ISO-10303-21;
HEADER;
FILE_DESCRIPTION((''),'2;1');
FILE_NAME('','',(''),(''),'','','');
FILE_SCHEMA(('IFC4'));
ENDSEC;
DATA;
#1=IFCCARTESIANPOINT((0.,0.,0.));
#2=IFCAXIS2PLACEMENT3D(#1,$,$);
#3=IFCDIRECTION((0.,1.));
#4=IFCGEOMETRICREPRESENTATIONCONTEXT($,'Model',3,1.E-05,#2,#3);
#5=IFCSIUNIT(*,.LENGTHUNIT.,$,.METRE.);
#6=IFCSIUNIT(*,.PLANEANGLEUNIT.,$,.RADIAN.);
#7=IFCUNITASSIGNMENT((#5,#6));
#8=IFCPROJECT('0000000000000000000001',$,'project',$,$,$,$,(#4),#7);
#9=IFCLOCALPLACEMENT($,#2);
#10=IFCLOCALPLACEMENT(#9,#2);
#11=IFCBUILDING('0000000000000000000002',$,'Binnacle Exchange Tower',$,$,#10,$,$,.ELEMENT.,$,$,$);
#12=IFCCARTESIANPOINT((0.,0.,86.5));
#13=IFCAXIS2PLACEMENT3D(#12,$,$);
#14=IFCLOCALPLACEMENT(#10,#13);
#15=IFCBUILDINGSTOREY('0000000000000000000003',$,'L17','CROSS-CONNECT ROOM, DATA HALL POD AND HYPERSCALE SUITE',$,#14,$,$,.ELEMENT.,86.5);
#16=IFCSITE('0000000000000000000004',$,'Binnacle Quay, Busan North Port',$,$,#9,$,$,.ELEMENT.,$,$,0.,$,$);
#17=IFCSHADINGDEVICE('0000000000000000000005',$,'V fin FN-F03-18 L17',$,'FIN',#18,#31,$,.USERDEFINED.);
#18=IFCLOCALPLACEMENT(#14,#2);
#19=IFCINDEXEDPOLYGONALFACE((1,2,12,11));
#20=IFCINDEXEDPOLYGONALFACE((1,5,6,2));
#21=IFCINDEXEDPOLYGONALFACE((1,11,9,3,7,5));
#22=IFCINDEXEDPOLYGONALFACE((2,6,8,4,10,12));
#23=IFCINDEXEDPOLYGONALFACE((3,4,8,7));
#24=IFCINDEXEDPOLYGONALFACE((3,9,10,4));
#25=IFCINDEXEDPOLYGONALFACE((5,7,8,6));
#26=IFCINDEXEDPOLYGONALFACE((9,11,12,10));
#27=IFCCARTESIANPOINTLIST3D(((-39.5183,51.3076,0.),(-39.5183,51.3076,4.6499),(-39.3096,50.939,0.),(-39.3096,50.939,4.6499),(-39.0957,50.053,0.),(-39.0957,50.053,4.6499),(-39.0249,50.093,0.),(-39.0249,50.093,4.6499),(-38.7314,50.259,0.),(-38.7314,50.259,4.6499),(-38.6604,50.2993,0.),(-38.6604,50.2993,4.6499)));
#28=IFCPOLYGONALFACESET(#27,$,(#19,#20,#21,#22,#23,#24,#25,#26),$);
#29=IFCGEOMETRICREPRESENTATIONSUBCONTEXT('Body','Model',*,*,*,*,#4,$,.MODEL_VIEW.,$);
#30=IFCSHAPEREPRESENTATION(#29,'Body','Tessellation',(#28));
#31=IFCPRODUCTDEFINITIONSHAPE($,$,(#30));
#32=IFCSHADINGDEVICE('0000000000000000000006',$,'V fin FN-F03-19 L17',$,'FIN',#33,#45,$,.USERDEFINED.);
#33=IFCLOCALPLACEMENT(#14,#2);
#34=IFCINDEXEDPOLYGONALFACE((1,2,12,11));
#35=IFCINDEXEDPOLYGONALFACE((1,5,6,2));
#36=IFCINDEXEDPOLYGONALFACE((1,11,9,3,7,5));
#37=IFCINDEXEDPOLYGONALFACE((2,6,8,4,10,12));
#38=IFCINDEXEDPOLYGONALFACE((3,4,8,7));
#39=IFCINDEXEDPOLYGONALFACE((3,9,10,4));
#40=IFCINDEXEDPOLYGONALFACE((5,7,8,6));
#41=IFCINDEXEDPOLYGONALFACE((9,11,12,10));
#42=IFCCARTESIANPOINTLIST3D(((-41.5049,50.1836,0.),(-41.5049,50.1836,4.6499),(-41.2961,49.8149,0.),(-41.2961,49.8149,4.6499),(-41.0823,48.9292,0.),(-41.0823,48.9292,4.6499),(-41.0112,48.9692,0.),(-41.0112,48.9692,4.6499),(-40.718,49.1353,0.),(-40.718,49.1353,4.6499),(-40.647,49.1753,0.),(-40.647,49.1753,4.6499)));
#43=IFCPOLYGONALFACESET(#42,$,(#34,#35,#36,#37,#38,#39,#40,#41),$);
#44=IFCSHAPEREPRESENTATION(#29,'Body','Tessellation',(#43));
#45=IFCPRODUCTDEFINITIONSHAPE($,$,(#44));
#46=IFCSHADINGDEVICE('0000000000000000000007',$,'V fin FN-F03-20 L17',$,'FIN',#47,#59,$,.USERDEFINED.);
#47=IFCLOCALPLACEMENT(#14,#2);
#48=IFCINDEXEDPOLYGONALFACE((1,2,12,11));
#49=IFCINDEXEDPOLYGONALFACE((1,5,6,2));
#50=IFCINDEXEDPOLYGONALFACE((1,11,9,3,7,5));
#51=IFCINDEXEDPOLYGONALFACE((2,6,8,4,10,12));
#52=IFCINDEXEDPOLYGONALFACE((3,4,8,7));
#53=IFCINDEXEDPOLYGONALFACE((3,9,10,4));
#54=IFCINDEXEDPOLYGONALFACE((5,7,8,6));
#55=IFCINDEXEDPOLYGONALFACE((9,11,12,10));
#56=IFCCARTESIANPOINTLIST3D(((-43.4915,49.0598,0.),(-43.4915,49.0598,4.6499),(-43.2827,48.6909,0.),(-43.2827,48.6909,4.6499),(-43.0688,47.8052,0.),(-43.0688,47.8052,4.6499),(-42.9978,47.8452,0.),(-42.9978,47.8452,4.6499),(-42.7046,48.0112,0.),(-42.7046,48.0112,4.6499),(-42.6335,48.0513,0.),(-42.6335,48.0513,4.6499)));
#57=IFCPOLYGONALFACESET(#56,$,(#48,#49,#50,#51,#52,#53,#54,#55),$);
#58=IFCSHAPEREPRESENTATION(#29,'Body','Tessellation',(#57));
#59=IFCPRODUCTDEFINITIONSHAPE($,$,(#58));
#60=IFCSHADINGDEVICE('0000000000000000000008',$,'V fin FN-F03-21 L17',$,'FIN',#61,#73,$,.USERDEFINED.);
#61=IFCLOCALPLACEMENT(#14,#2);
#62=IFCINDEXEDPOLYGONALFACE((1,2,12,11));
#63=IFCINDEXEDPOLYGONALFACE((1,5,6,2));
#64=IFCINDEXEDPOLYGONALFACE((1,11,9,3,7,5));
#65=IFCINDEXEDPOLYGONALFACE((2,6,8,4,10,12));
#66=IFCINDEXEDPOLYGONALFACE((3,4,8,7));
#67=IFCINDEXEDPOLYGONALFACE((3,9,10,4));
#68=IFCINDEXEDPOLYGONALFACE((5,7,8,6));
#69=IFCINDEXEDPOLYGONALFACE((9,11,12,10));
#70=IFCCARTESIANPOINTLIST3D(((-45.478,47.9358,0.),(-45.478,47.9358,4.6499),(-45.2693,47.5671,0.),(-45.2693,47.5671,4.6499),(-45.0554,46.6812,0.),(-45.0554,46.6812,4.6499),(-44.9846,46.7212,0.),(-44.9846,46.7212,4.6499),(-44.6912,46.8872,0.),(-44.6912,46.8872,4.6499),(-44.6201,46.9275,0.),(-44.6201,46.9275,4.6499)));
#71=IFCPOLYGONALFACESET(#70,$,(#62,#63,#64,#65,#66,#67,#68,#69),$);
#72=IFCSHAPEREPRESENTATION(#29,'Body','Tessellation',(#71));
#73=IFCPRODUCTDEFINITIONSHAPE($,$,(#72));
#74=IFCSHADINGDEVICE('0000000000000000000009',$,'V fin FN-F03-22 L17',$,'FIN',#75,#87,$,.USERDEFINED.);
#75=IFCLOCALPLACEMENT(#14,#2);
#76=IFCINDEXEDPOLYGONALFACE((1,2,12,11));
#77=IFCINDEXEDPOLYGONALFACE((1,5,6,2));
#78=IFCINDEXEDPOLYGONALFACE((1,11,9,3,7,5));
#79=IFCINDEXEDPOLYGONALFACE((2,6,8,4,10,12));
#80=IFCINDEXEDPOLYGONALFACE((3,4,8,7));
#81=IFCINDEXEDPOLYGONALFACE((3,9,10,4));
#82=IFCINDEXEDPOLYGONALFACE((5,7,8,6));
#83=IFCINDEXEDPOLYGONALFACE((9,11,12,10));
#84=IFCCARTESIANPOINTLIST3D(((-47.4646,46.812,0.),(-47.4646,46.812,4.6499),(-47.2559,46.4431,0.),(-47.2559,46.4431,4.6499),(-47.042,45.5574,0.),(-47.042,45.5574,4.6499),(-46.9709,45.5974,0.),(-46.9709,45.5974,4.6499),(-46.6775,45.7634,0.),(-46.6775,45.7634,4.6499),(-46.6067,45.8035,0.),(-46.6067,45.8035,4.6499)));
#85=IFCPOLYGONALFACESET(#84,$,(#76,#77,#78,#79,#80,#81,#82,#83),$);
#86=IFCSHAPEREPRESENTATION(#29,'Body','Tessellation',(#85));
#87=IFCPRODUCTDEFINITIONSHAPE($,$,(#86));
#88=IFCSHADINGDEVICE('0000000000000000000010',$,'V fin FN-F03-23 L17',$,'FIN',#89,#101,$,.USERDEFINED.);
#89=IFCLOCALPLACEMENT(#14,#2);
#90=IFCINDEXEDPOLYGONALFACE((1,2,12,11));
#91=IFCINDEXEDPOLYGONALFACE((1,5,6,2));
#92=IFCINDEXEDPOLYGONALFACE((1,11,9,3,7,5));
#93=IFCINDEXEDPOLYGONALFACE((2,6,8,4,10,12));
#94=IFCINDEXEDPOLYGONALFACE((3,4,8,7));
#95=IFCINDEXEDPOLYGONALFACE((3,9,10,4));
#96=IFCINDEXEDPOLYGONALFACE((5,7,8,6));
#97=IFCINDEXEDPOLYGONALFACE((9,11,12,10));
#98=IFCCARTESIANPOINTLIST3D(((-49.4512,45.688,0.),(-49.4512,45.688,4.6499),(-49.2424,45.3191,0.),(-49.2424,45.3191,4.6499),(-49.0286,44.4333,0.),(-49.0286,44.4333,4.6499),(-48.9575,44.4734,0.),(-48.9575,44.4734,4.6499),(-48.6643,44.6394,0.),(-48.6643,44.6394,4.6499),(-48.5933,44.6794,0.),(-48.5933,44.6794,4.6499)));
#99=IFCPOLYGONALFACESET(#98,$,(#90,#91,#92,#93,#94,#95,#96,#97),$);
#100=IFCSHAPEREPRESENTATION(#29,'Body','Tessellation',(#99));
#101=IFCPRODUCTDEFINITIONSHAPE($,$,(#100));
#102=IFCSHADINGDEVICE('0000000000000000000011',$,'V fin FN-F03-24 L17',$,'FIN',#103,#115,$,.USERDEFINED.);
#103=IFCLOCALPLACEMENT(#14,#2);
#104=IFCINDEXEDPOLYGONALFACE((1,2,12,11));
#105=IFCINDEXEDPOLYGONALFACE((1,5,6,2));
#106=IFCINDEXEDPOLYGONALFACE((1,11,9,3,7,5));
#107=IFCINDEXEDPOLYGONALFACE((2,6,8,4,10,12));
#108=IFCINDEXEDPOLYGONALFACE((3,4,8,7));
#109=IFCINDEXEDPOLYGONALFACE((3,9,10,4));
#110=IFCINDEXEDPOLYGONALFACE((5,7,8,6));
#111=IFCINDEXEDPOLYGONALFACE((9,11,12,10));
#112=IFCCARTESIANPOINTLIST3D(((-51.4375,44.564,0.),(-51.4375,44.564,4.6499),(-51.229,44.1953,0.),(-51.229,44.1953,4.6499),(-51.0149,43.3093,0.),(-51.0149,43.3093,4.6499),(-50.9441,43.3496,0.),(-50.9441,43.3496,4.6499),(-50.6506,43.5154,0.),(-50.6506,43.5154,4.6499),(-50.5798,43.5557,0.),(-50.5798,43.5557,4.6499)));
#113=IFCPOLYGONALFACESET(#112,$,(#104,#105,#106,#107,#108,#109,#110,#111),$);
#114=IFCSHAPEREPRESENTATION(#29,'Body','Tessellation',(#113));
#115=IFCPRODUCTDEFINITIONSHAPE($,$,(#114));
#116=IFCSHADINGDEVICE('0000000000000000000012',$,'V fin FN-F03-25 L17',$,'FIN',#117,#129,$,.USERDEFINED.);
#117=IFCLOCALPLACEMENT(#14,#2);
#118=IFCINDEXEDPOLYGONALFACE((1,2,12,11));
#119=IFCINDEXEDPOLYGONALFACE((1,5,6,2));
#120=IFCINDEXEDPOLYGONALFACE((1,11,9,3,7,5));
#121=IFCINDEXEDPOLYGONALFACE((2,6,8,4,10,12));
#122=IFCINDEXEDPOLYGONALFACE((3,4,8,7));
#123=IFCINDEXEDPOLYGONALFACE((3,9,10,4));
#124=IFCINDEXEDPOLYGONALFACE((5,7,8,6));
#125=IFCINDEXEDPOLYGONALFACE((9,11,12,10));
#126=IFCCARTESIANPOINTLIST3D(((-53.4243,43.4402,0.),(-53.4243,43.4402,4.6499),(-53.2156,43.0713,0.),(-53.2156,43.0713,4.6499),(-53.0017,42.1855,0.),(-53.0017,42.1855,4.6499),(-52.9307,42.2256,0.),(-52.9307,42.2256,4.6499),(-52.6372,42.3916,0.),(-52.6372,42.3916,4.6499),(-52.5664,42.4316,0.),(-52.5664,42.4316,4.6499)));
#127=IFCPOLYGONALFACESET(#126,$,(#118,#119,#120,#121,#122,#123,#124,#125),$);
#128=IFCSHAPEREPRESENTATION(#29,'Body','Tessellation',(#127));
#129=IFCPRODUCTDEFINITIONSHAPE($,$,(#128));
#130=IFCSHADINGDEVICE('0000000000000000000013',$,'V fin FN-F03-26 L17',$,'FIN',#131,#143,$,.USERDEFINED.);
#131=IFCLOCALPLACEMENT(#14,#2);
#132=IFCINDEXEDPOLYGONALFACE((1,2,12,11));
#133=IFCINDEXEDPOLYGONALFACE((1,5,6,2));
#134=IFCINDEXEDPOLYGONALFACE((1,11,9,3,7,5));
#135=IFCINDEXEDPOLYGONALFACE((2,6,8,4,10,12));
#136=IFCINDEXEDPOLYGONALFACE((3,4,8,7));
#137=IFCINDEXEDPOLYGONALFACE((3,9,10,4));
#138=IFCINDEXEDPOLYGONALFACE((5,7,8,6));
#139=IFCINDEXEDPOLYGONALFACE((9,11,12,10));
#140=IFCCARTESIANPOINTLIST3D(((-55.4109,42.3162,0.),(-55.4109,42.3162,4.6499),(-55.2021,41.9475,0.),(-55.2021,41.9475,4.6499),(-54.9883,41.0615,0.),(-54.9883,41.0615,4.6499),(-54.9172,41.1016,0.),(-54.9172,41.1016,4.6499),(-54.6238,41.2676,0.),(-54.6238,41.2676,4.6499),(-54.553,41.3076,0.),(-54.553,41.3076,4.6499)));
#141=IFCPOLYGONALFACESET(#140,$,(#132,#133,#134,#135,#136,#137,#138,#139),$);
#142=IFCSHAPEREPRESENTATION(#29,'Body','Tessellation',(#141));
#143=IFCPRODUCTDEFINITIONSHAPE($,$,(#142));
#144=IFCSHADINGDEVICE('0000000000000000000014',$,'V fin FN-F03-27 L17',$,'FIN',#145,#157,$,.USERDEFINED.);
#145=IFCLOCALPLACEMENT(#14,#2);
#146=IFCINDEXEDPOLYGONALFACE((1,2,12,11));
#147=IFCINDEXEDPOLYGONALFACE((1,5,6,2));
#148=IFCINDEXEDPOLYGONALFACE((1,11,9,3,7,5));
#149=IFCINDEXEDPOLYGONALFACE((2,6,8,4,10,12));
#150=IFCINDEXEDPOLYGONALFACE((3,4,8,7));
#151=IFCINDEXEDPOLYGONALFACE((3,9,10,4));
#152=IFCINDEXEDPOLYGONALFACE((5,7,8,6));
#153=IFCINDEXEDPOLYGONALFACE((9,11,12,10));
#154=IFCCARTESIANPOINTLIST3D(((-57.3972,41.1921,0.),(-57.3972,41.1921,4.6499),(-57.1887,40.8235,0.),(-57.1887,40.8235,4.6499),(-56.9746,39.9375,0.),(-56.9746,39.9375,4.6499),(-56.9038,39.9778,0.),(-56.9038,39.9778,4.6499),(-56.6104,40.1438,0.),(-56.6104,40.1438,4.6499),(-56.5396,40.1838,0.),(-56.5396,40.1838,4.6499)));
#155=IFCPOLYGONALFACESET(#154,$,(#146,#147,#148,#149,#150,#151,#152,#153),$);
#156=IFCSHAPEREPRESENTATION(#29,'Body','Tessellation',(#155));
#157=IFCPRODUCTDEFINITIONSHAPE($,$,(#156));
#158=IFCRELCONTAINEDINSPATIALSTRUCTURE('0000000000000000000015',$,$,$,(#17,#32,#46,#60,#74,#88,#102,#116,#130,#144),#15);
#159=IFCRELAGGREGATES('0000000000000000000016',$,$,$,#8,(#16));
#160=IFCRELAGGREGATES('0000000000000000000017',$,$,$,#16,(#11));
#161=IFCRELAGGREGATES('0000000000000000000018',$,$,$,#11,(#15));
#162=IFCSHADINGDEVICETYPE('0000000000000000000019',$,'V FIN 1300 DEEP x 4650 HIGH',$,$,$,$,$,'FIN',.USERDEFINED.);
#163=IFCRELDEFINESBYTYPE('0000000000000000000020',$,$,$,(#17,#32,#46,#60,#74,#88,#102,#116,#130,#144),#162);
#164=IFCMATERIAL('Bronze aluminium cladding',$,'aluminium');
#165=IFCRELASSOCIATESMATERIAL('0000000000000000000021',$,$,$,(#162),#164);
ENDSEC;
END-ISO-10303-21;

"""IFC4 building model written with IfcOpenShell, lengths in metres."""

from ifc_helpers import new_model, si_unit, direction, frame, origin, place, context, subcontext, project, spatial, polyline, outline, extrude, material, type_object, element, save


model = new_model("IFC4")

# Units and contexts
model_context = context("Model", 3, precision=1e-05, world=origin(), true_north=direction((0.0, 1.0)))
body_context = subcontext(model_context, "Body", "Model", "MODEL_VIEW")
ifc_project = project(units=[si_unit("LENGTHUNIT", "METRE"), si_unit("PLANEANGLEUNIT", "RADIAN")], contexts=[model_context])

# Site, building, storey
site_placement = place(None, origin())
site = spatial("IfcSite", under=ifc_project, at=site_placement, Name="Binnacle Quay, Busan North Port", CompositionType="ELEMENT", RefElevation=0.0)
building_placement = place(site_placement, origin())
building = spatial("IfcBuilding", under=site, at=building_placement, Name="Binnacle Exchange Tower", CompositionType="ELEMENT")
storey_placement = place(building_placement, frame((0.0, 0.0, 86.5)))
storey = spatial("IfcBuildingStorey", under=building, at=storey_placement, Name="L17", Description="CROSS-CONNECT ROOM, DATA HALL POD AND HYPERSCALE SUITE", CompositionType="ELEMENT", Elevation=86.5)

# Shading devices
ifc_material = material(Name="Bronze aluminium cladding", Category="aluminium")
shading_device_type = type_object("IfcShadingDeviceType", Name="V FIN 1300 DEEP x 4650 HIGH", ElementType="FIN", PredefinedType="USERDEFINED", material=ifc_material)
shading_device_1_placement = place(storey_placement, origin())
element("IfcShadingDevice", 1, at=shading_device_1_placement, inside=storey, type_object=shading_device_type, Name="V fin FN-F03-18 L17", ObjectType="FIN", PredefinedType="USERDEFINED", context=body_context, shape_type="SweptSolid", body=[
    extrude(outline(polyline([(-38.6604, 50.2993), (-39.5183, 51.3076), (-39.0957, 50.053), (-39.0249, 50.093), (-39.3096, 50.939), (-38.7314, 50.259), (-38.6604, 50.2993)])), origin(), (0.0, 0.0, 1.0), 4.6499),
])
shading_device_2_placement = place(storey_placement, origin())
element("IfcShadingDevice", 2, at=shading_device_2_placement, inside=storey, type_object=shading_device_type, Name="V fin FN-F03-19 L17", ObjectType="FIN", PredefinedType="USERDEFINED", context=body_context, shape_type="SweptSolid", body=[
    extrude(outline(polyline([(-40.647, 49.1753), (-41.5049, 50.1836), (-41.0823, 48.9292), (-41.0112, 48.9692), (-41.2961, 49.8149), (-40.718, 49.1353), (-40.647, 49.1753)])), origin(), (0.0, 0.0, 1.0), 4.6499),
])
shading_device_3_placement = place(storey_placement, origin())
element("IfcShadingDevice", 3, at=shading_device_3_placement, inside=storey, type_object=shading_device_type, Name="V fin FN-F03-20 L17", ObjectType="FIN", PredefinedType="USERDEFINED", context=body_context, shape_type="SweptSolid", body=[
    extrude(outline(polyline([(-42.6335, 48.0513), (-43.4915, 49.0598), (-43.0688, 47.8052), (-42.9978, 47.8452), (-43.2827, 48.6909), (-42.7046, 48.0112), (-42.6335, 48.0513)])), origin(), (0.0, 0.0, 1.0), 4.6499),
])
shading_device_4_placement = place(storey_placement, origin())
element("IfcShadingDevice", 4, at=shading_device_4_placement, inside=storey, type_object=shading_device_type, Name="V fin FN-F03-21 L17", ObjectType="FIN", PredefinedType="USERDEFINED", context=body_context, shape_type="SweptSolid", body=[
    extrude(outline(polyline([(-44.6201, 46.9275), (-45.478, 47.9358), (-45.0554, 46.6812), (-44.9846, 46.7212), (-45.2693, 47.5671), (-44.6912, 46.8872), (-44.6201, 46.9275)])), origin(), (0.0, 0.0, 1.0), 4.6499),
])
shading_device_5_placement = place(storey_placement, origin())
element("IfcShadingDevice", 5, at=shading_device_5_placement, inside=storey, type_object=shading_device_type, Name="V fin FN-F03-22 L17", ObjectType="FIN", PredefinedType="USERDEFINED", context=body_context, shape_type="SweptSolid", body=[
    extrude(outline(polyline([(-46.6067, 45.8035), (-47.4646, 46.812), (-47.042, 45.5574), (-46.9709, 45.5974), (-47.2559, 46.4431), (-46.6775, 45.7634), (-46.6067, 45.8035)])), origin(), (0.0, 0.0, 1.0), 4.6499),
])
shading_device_6_placement = place(storey_placement, origin())
element("IfcShadingDevice", 6, at=shading_device_6_placement, inside=storey, type_object=shading_device_type, Name="V fin FN-F03-23 L17", ObjectType="FIN", PredefinedType="USERDEFINED", context=body_context, shape_type="SweptSolid", body=[
    extrude(outline(polyline([(-48.5933, 44.6794), (-49.4512, 45.688), (-49.0286, 44.4333), (-48.9575, 44.4734), (-49.2424, 45.3191), (-48.6643, 44.6394), (-48.5933, 44.6794)])), origin(), (0.0, 0.0, 1.0), 4.6499),
])
shading_device_7_placement = place(storey_placement, origin())
element("IfcShadingDevice", 7, at=shading_device_7_placement, inside=storey, type_object=shading_device_type, Name="V fin FN-F03-24 L17", ObjectType="FIN", PredefinedType="USERDEFINED", context=body_context, shape_type="SweptSolid", body=[
    extrude(outline(polyline([(-50.5798, 43.5557), (-51.4375, 44.564), (-51.0149, 43.3093), (-50.9441, 43.3496), (-51.229, 44.1953), (-50.6506, 43.5154), (-50.5798, 43.5557)])), origin(), (0.0, 0.0, 1.0), 4.6499),
])
shading_device_8_placement = place(storey_placement, origin())
element("IfcShadingDevice", 8, at=shading_device_8_placement, inside=storey, type_object=shading_device_type, Name="V fin FN-F03-25 L17", ObjectType="FIN", PredefinedType="USERDEFINED", context=body_context, shape_type="SweptSolid", body=[
    extrude(outline(polyline([(-52.5664, 42.4316), (-53.4243, 43.4402), (-53.0017, 42.1855), (-52.9307, 42.2256), (-53.2156, 43.0713), (-52.6372, 42.3916), (-52.5664, 42.4316)])), origin(), (0.0, 0.0, 1.0), 4.6499),
])
shading_device_9_placement = place(storey_placement, origin())
element("IfcShadingDevice", 9, at=shading_device_9_placement, inside=storey, type_object=shading_device_type, Name="V fin FN-F03-26 L17", ObjectType="FIN", PredefinedType="USERDEFINED", context=body_context, shape_type="SweptSolid", body=[
    extrude(outline(polyline([(-54.553, 41.3076), (-55.4109, 42.3162), (-54.9883, 41.0615), (-54.9172, 41.1016), (-55.2021, 41.9475), (-54.6238, 41.2676), (-54.553, 41.3076)])), origin(), (0.0, 0.0, 1.0), 4.6499),
])
shading_device_10_placement = place(storey_placement, origin())
element("IfcShadingDevice", 10, at=shading_device_10_placement, inside=storey, type_object=shading_device_type, Name="V fin FN-F03-27 L17", ObjectType="FIN", PredefinedType="USERDEFINED", context=body_context, shape_type="SweptSolid", body=[
    extrude(outline(polyline([(-56.5396, 40.1838), (-57.3972, 41.1921), (-56.9746, 39.9375), (-56.9038, 39.9778), (-57.1887, 40.8235), (-56.6104, 40.1438), (-56.5396, 40.1838)])), origin(), (0.0, 0.0, 1.0), 4.6499),
])

save(model, "model.ifc")
